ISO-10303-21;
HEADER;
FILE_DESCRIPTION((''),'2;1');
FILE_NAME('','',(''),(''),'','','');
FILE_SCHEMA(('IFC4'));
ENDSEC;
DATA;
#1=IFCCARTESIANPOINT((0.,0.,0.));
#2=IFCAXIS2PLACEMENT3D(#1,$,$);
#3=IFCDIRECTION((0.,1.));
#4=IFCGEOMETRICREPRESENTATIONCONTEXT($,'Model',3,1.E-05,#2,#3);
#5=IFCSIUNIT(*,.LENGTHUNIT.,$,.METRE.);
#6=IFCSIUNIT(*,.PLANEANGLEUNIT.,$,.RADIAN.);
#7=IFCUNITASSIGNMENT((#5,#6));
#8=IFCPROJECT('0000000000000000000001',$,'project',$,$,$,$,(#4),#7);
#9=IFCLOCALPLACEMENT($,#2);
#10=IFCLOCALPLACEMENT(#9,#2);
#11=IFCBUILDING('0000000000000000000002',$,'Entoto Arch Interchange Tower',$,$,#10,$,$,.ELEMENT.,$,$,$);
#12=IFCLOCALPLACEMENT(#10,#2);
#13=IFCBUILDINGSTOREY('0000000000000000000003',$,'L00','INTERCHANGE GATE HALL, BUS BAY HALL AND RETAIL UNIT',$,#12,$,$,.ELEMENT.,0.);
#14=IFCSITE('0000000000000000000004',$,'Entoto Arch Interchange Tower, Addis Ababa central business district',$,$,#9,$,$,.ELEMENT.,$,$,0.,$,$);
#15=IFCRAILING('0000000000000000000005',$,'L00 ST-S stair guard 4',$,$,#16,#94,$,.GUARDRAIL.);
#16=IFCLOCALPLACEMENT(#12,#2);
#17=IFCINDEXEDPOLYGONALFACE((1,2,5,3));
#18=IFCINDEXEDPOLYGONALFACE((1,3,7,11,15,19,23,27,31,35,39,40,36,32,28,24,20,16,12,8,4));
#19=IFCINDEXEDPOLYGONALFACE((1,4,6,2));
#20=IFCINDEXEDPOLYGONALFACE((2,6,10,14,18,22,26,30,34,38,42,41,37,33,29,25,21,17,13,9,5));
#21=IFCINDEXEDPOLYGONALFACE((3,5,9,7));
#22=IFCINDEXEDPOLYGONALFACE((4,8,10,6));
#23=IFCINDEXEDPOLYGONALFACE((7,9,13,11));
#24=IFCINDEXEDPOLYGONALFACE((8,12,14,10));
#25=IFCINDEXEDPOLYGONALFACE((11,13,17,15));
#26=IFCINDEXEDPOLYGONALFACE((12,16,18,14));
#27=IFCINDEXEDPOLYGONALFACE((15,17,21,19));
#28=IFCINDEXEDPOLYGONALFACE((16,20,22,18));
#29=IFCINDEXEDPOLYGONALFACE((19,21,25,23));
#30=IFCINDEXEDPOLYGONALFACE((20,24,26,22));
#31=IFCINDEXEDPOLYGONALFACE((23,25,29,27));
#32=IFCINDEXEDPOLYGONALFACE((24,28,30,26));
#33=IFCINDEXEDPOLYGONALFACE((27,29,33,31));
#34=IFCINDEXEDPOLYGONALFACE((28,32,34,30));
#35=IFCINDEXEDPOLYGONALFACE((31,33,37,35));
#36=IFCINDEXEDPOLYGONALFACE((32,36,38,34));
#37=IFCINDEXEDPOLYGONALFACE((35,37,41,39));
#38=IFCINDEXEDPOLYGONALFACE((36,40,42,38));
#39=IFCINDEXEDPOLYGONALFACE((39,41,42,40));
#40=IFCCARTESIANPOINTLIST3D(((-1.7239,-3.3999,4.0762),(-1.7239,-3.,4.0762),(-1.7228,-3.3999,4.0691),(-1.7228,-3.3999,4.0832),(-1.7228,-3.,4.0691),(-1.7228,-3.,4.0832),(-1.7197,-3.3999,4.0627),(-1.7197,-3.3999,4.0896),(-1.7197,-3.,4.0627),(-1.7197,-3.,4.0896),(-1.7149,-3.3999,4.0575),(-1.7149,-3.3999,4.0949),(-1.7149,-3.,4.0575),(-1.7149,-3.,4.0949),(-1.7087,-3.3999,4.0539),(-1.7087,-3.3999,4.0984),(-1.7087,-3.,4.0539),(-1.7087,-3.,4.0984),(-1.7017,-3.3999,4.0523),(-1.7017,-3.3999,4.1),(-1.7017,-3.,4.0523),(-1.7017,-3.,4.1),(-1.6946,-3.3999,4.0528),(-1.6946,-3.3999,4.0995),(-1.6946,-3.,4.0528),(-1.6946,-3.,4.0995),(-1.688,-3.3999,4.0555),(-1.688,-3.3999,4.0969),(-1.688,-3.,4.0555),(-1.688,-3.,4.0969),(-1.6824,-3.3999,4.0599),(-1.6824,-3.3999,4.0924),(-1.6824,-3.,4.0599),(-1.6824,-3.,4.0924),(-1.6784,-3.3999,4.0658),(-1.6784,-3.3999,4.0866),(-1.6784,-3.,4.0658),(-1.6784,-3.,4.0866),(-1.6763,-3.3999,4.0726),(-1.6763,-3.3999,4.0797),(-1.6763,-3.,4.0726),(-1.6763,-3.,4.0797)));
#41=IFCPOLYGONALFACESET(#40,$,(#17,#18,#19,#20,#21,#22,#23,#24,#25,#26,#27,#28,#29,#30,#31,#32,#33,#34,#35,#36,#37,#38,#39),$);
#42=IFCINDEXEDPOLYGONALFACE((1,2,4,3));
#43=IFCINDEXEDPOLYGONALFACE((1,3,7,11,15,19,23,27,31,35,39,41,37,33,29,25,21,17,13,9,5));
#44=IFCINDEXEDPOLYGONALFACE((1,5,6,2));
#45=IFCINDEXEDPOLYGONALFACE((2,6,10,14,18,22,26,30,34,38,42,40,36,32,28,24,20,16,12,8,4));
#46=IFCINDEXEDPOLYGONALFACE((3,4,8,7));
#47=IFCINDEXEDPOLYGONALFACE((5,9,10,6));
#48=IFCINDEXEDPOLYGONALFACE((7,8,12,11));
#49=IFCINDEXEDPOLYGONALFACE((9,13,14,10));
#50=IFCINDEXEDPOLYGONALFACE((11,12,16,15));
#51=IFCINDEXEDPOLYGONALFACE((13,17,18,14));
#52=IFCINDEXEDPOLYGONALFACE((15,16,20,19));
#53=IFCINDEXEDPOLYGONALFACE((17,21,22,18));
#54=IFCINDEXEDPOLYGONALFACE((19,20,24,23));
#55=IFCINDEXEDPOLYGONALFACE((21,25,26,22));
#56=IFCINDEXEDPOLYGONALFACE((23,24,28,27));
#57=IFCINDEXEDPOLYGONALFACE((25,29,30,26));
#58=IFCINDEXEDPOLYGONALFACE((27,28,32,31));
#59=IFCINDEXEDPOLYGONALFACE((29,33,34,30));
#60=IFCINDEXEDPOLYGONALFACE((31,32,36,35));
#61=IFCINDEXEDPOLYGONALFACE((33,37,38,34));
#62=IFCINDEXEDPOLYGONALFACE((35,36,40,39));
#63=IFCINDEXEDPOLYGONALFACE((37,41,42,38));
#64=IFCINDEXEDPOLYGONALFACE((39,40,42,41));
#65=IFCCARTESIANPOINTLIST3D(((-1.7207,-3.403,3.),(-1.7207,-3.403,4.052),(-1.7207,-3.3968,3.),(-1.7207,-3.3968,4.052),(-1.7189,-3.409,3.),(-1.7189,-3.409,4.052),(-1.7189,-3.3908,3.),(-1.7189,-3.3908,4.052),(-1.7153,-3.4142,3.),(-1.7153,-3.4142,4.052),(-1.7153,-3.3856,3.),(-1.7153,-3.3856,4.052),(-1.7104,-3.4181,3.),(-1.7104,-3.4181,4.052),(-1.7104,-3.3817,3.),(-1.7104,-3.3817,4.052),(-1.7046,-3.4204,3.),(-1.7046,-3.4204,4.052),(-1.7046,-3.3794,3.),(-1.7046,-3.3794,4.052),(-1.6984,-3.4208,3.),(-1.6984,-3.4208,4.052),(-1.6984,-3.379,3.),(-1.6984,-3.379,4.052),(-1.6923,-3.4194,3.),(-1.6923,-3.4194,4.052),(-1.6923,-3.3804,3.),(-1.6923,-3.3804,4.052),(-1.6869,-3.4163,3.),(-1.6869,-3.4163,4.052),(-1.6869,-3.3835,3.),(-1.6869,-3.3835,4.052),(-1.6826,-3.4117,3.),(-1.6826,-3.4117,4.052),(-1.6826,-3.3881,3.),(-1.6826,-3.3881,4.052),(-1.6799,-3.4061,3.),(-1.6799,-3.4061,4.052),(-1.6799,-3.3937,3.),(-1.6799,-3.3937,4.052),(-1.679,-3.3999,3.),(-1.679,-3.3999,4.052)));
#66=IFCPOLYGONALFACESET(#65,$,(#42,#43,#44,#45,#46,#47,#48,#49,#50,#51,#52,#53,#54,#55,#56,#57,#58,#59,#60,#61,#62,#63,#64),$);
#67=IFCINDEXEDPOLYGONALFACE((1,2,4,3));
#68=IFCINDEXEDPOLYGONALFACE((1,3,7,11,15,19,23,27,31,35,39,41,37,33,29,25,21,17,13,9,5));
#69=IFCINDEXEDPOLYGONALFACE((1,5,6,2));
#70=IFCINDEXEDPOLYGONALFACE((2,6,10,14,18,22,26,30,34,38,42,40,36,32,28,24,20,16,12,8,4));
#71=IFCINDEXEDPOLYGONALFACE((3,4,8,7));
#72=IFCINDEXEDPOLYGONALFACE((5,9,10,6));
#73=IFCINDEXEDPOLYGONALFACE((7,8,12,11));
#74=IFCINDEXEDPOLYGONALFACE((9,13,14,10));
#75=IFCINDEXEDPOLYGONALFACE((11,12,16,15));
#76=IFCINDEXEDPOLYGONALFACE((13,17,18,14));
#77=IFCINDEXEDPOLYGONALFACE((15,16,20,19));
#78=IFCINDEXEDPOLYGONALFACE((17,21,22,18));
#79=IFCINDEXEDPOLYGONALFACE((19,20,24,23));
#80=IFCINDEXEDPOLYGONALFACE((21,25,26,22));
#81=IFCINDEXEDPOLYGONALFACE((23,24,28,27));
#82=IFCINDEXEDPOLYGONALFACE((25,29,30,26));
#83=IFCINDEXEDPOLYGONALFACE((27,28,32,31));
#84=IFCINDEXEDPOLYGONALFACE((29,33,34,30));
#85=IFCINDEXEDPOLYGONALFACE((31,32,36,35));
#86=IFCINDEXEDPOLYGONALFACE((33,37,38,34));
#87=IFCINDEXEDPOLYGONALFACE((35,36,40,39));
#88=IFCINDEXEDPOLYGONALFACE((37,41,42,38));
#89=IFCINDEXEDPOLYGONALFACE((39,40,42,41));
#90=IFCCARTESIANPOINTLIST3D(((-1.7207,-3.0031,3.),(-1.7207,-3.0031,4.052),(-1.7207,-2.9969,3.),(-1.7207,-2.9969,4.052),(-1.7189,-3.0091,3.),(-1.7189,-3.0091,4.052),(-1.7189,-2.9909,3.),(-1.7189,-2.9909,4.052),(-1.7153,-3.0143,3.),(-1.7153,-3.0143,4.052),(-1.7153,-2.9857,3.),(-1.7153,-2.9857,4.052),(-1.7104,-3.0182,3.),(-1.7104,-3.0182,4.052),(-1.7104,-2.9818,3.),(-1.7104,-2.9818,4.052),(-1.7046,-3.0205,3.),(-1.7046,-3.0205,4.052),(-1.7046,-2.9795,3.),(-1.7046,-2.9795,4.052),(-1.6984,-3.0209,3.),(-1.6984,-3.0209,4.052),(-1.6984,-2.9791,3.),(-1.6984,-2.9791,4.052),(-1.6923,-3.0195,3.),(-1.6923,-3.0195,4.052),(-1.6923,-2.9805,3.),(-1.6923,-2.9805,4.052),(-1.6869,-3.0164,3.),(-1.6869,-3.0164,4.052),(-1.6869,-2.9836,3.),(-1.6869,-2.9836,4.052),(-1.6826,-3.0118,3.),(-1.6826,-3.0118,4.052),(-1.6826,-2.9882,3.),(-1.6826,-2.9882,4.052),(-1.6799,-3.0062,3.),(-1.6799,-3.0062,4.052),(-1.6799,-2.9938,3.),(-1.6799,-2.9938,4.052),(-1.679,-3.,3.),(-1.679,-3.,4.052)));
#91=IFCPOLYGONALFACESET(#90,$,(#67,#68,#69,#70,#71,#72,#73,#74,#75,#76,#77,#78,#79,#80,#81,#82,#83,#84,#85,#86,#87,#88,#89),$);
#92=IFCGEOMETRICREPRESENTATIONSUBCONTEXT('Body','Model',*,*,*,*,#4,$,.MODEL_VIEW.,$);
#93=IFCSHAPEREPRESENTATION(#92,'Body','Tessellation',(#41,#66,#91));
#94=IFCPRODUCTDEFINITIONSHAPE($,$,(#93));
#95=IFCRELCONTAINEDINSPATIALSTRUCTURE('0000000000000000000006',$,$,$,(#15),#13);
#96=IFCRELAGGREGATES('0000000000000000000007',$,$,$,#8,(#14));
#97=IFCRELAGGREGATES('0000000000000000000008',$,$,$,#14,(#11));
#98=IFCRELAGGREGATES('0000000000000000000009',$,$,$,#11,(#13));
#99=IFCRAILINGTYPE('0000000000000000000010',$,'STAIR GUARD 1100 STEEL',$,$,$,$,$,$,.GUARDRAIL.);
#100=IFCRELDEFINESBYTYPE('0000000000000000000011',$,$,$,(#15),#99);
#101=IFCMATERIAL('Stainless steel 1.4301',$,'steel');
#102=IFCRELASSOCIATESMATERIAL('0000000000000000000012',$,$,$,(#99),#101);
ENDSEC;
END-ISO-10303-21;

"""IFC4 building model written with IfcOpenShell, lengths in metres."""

from ifc_helpers import new_model, si_unit, direction, frame, origin, origin_2d, place, context, subcontext, project, spatial, circle, extrude, material, type_object, element, save


model = new_model("IFC4")

# Units and contexts
model_context = context("Model", 3, precision=1e-05, world=origin(), true_north=direction((0.0, 1.0)))
body_context = subcontext(model_context, "Body", "Model", "MODEL_VIEW")
ifc_project = project(units=[si_unit("LENGTHUNIT", "METRE"), si_unit("PLANEANGLEUNIT", "RADIAN")], contexts=[model_context])

# Site, building, storey
site_placement = place(None, origin())
site = spatial("IfcSite", under=ifc_project, at=site_placement, Name="Entoto Arch Interchange Tower, Addis Ababa central business district", CompositionType="ELEMENT", RefElevation=0.0)
building_placement = place(site_placement, origin())
building = spatial("IfcBuilding", under=site, at=building_placement, Name="Entoto Arch Interchange Tower", CompositionType="ELEMENT")
storey_placement = place(building_placement, origin())
storey = spatial("IfcBuildingStorey", under=building, at=storey_placement, Name="L00", Description="INTERCHANGE GATE HALL, BUS BAY HALL AND RETAIL UNIT", CompositionType="ELEMENT", Elevation=0.0)

# Railing
ifc_material_1 = material(Name="Stainless steel 1.4301", Category="steel")
railing_type_1 = type_object("IfcRailingType", Name="STAIR GUARD 1100 STEEL", PredefinedType="GUARDRAIL", material=ifc_material_1)
railing_1_placement = place(storey_placement, frame((-1.7, -3.3999, 3.0)))
element("IfcRailing", 1, at=railing_1_placement, inside=storey, type_object=railing_type_1, Name="L00 ST-S stair guard 4", PredefinedType="GUARDRAIL", context=body_context, shape_type="SweptSolid", body=[
    extrude(circle(Radius=0.0239, at=origin_2d()), frame((0.0, 0.0, 1.0762), z_axis=(0.0, 1.0, 0.0), x_axis=(-1.0, 0.0, 0.0)), (0.0, 0.0, 1.0), 0.3999),
    extrude(circle(Radius=0.021, at=origin_2d()), origin(), (0.0, 0.0, 1.0), 1.052),
    extrude(circle(Radius=0.021, at=origin_2d()), frame((0.0, 0.3999, 0.0)), (0.0, 0.0, 1.0), 1.052),
])

save(model, "model.ifc")
